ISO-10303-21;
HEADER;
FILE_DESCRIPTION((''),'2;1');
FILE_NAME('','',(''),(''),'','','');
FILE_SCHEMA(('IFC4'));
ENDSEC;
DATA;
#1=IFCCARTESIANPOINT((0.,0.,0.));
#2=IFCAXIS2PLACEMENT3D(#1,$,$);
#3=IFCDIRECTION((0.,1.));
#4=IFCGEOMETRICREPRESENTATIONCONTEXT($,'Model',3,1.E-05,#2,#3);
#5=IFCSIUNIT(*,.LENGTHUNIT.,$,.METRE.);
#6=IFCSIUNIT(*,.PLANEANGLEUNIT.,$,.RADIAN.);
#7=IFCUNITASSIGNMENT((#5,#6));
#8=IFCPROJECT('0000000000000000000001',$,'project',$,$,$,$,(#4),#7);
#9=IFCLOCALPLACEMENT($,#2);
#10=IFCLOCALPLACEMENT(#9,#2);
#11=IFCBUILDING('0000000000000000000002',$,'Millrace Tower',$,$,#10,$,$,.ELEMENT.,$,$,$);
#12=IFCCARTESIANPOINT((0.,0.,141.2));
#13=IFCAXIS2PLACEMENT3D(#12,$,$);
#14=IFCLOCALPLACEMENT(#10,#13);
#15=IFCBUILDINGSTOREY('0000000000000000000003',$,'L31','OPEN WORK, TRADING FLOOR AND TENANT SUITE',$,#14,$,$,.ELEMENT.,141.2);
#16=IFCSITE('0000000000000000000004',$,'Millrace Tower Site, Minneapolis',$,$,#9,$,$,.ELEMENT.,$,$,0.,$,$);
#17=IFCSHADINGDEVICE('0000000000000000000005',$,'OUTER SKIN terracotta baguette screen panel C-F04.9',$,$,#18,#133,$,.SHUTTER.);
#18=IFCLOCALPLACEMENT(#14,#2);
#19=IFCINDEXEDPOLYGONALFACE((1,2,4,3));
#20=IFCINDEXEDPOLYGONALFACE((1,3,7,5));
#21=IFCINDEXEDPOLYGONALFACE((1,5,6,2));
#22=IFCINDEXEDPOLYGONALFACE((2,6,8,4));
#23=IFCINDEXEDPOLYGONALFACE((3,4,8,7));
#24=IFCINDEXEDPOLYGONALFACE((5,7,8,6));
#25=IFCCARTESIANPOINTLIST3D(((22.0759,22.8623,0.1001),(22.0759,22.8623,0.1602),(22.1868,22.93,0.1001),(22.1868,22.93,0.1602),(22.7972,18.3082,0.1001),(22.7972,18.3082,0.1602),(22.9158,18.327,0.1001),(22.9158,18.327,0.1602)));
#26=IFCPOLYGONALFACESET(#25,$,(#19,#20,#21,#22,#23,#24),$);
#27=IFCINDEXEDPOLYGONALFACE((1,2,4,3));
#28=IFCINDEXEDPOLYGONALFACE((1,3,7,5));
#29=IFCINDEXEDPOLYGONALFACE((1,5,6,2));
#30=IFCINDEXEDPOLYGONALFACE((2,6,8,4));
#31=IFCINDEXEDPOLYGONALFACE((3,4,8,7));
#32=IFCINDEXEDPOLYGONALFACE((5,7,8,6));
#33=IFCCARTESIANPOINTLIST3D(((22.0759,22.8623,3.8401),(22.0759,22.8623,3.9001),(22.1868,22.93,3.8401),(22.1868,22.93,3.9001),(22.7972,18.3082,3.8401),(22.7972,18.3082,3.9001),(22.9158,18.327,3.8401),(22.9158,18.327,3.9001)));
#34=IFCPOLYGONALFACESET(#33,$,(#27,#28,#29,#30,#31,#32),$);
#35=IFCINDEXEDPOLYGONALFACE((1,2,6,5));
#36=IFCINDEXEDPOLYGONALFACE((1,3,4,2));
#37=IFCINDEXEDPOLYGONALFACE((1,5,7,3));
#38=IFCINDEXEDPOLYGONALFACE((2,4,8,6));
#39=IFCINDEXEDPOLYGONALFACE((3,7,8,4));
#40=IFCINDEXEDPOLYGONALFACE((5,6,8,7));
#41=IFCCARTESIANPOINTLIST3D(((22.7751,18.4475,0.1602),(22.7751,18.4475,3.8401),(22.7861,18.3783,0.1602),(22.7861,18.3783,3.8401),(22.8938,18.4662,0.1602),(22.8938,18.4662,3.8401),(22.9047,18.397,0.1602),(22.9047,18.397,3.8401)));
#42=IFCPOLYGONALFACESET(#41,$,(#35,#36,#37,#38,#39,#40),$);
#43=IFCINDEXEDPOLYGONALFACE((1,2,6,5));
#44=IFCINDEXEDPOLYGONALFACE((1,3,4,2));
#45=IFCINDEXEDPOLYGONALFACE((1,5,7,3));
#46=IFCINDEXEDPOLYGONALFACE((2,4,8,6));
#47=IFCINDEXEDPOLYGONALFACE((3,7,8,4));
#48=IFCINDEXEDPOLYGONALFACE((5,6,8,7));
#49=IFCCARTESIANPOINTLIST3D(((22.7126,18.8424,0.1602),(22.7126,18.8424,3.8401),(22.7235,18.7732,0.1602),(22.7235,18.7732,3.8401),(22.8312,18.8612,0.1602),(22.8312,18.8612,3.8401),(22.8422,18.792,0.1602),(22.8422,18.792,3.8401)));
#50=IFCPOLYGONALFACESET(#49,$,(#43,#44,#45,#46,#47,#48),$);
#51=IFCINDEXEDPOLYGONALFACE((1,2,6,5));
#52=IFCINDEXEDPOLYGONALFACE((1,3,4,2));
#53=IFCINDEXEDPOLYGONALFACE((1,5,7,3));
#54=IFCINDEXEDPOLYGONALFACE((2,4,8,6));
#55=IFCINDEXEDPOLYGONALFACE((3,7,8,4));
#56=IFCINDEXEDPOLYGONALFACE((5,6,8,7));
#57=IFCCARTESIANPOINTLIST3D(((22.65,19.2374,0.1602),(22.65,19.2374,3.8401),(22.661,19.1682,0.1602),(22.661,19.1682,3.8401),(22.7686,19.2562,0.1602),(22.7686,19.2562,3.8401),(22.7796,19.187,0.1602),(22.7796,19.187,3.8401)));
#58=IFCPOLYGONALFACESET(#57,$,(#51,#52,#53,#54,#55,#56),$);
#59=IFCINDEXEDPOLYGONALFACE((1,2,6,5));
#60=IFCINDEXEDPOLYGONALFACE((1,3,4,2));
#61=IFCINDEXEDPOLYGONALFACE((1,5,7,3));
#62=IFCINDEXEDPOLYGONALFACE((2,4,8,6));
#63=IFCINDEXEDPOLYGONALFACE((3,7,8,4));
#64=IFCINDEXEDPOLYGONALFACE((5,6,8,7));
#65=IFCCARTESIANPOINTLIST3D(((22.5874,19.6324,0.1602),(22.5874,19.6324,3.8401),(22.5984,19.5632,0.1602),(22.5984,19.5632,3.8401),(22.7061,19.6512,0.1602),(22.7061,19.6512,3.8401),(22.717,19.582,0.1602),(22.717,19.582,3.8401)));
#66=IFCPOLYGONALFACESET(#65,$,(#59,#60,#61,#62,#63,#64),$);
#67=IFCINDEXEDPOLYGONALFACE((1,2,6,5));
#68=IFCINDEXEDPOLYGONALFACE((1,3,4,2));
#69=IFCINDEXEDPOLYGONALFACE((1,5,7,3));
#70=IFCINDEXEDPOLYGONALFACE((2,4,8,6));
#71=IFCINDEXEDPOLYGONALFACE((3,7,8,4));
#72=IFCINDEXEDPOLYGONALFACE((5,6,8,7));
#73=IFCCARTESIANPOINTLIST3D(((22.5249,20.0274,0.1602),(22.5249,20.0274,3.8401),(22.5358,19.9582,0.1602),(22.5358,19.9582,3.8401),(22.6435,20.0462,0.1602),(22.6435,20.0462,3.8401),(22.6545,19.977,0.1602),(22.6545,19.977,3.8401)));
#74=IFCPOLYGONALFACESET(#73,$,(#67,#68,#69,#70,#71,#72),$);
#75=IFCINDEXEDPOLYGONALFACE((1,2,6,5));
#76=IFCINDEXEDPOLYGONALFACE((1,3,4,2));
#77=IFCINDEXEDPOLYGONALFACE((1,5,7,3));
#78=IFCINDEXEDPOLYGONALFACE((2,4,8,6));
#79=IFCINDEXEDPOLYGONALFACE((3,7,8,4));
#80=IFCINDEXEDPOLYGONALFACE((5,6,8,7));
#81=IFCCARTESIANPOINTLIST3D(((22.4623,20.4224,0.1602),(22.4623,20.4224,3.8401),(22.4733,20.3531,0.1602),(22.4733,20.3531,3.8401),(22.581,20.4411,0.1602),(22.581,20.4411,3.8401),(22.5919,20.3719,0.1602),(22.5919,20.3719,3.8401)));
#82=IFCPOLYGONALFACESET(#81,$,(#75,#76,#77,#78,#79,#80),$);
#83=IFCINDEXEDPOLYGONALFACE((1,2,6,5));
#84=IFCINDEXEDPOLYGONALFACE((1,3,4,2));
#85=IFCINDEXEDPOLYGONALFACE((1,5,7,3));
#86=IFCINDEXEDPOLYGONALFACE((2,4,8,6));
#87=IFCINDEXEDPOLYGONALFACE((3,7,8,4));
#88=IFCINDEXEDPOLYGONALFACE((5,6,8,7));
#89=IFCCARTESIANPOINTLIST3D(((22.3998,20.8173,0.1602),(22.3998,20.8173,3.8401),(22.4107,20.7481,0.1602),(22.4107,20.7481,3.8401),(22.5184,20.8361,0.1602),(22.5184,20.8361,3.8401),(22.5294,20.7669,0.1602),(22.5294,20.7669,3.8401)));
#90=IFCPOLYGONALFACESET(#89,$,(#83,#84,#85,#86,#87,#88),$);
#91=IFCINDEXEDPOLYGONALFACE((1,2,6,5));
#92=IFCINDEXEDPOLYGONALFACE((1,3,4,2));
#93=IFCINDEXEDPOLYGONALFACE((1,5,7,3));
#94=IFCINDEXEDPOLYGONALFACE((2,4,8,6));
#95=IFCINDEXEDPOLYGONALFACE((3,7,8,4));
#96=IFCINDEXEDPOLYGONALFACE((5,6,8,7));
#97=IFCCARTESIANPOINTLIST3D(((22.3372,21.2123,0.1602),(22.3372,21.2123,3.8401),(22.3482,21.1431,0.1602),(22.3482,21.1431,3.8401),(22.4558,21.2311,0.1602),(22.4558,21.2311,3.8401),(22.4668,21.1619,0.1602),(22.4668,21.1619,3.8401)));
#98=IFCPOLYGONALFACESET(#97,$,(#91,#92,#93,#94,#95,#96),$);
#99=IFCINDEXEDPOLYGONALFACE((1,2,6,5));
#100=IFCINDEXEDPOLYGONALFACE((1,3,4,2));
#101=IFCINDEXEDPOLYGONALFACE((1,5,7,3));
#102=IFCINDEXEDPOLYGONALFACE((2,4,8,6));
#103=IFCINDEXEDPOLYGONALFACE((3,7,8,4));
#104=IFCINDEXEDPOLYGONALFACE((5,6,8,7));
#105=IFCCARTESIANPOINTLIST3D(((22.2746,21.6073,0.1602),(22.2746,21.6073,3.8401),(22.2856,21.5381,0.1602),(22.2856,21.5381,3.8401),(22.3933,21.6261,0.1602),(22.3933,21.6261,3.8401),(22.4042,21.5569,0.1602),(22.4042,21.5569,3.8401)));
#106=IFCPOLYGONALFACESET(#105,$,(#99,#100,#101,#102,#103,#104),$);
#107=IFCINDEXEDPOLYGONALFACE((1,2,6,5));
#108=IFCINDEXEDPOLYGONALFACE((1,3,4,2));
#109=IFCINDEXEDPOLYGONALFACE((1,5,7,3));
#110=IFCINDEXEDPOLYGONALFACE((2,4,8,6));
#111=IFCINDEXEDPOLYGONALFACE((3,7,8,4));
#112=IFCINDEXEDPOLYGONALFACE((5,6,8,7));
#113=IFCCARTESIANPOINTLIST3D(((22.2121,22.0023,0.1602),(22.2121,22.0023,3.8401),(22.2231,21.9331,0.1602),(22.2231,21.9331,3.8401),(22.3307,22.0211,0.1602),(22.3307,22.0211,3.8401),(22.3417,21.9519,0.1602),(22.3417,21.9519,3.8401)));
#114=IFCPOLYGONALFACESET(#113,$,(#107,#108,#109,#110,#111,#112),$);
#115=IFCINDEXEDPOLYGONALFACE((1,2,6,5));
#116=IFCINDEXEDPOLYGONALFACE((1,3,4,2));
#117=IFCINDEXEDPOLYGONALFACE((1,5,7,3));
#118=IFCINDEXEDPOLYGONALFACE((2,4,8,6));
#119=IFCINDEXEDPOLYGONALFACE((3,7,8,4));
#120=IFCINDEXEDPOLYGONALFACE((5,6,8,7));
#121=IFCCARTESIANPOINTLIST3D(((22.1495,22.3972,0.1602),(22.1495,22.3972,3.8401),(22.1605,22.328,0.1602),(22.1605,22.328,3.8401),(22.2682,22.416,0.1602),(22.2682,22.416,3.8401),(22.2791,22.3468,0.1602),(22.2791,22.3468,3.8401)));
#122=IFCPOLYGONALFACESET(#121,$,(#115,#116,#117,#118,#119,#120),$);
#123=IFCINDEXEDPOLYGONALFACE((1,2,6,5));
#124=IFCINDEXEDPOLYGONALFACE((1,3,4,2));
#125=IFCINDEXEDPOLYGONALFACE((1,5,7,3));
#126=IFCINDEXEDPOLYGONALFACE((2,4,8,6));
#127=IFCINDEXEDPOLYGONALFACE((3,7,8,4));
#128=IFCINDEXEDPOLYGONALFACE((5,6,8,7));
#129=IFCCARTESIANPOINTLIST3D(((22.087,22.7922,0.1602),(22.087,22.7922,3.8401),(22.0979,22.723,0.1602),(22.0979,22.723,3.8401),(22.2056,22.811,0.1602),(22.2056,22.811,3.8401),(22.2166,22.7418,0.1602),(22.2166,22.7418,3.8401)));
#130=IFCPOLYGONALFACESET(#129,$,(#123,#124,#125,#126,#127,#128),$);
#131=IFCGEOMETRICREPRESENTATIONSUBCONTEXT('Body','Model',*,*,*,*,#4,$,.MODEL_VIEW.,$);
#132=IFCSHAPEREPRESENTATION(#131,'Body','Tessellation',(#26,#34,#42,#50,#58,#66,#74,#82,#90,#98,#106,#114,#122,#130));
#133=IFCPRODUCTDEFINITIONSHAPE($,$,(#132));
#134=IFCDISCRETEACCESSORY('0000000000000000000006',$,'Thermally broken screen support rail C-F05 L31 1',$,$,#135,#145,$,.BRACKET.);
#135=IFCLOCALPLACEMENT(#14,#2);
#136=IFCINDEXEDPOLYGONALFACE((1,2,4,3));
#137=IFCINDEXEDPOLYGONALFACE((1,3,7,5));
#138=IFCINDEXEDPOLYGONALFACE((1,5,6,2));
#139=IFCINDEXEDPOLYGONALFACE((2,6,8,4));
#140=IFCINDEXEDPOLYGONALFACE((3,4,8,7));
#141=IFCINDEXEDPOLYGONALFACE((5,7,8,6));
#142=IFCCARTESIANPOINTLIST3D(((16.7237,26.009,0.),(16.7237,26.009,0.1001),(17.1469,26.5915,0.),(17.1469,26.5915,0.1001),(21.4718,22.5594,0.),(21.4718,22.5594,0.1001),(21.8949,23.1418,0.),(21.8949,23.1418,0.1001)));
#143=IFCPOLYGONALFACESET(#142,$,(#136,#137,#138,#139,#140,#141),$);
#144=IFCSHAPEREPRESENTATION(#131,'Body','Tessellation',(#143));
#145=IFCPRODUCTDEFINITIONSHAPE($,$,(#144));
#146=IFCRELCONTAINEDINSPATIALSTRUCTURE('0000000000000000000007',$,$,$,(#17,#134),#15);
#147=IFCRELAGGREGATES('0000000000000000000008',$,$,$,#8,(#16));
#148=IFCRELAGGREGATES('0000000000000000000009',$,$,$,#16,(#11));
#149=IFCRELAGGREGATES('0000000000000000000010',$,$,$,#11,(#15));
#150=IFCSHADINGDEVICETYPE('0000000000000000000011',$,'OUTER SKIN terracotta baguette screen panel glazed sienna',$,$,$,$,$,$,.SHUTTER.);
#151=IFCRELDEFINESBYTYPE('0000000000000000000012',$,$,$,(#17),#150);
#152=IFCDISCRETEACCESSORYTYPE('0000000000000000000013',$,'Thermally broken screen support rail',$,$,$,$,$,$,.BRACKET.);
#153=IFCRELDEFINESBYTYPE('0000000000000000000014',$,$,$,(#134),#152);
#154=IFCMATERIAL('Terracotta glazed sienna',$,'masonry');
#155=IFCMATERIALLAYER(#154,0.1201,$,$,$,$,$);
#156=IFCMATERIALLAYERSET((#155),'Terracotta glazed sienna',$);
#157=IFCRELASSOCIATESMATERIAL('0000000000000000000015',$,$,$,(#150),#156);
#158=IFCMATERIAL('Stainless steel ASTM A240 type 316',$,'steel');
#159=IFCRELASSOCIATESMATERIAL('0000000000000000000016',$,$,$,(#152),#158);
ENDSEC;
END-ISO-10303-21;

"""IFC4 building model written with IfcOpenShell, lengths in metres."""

from ifc_helpers import new_model, entity, si_unit, direction, frame, frame_2d, origin, origin_2d, place, context, subcontext, project, spatial, rectangle, extrude, source, transform, mapped, material, layer, layer_set, type_object, element, save


model = new_model("IFC4")

# Units and contexts
model_context = context("Model", 3, precision=1e-05, world=origin(), true_north=direction((0.0, 1.0)))
body_context = subcontext(model_context, "Body", "Model", "MODEL_VIEW")
ifc_project = project(units=[si_unit("LENGTHUNIT", "METRE"), si_unit("PLANEANGLEUNIT", "RADIAN")], contexts=[model_context])

# Site, building, storey
site_placement = place(None, origin())
site = spatial("IfcSite", under=ifc_project, at=site_placement, Name="Millrace Tower Site, Minneapolis", CompositionType="ELEMENT", RefElevation=0.0)
building_placement = place(site_placement, origin())
building = spatial("IfcBuilding", under=site, at=building_placement, Name="Millrace Tower", CompositionType="ELEMENT")
storey_placement = place(building_placement, frame((0.0, 0.0, 141.2)))
storey = spatial("IfcBuildingStorey", under=building, at=storey_placement, Name="L31", Description="OPEN WORK, TRADING FLOOR AND TENANT SUITE", CompositionType="ELEMENT", Elevation=141.2)

# Shading device
ifc_material_1 = material(Name="Terracotta glazed sienna", Category="masonry")
ifc_layer_1 = layer(ifc_material_1, 0.1201)
ifc_layer_set_1 = layer_set([ifc_layer_1], Name="Terracotta glazed sienna")
shading_device_type = type_object("IfcShadingDeviceType", Name="OUTER SKIN terracotta baguette screen panel glazed sienna", PredefinedType="SHUTTER", material=ifc_layer_set_1)
cartesian_point_1 = entity("IfcCartesianPoint", [-2.3179, 0.0601])
shared_polyline_1 = entity("IfcPolyline", [cartesian_point_1, entity("IfcCartesianPoint", [2.293, 0.0601]), entity("IfcCartesianPoint", [2.3425, -0.0601]), entity("IfcCartesianPoint", [-2.3179, -0.0601]), cartesian_point_1])
shared_shape_1 = source(origin(), body_context, "Body", "SweptSolid", [
    entity("IfcExtrudedAreaSolid", entity("IfcArbitraryClosedProfileDef", "AREA", None, shared_polyline_1), entity("IfcAxis2Placement3D", entity("IfcCartesianPoint", [0.0, 0.0, 0.0])), entity("IfcDirection", [0.0, 0.0, 1.0]), 0.0601),
    entity("IfcExtrudedAreaSolid", entity("IfcArbitraryClosedProfileDef", "AREA", None, shared_polyline_1), entity("IfcAxis2Placement3D", entity("IfcCartesianPoint", [0.0, 0.0, 3.74])), entity("IfcDirection", [0.0, 0.0, 1.0]), 0.0601),
    extrude(rectangle(XDim=0.0701, YDim=0.1201, at=frame_2d((-2.2119, 0.0))), frame((0.0, 0.0, 0.0601)), (0.0, 0.0, 1.0), 3.6799),
    extrude(rectangle(XDim=0.0701, YDim=0.1201, at=frame_2d((-1.812, 0.0))), frame((0.0, 0.0, 0.0601)), (0.0, 0.0, 1.0), 3.6799),
    extrude(rectangle(XDim=0.0701, YDim=0.1201, at=frame_2d((-1.4121, 0.0))), frame((0.0, 0.0, 0.0601)), (0.0, 0.0, 1.0), 3.6799),
    extrude(rectangle(XDim=0.0701, YDim=0.1201, at=frame_2d((-1.0122, 0.0))), frame((0.0, 0.0, 0.0601)), (0.0, 0.0, 1.0), 3.6799),
    extrude(rectangle(XDim=0.0701, YDim=0.1201, at=frame_2d((-0.6123, 0.0))), frame((0.0, 0.0, 0.0601)), (0.0, 0.0, 1.0), 3.6799),
    extrude(rectangle(XDim=0.0701, YDim=0.1201, at=frame_2d((-0.2124, 0.0))), frame((0.0, 0.0, 0.0601)), (0.0, 0.0, 1.0), 3.6799),
    extrude(rectangle(XDim=0.0701, YDim=0.1201, at=frame_2d((0.1875, 0.0))), frame((0.0, 0.0, 0.0601)), (0.0, 0.0, 1.0), 3.6799),
    extrude(rectangle(XDim=0.0701, YDim=0.1201, at=frame_2d((0.5874, 0.0))), frame((0.0, 0.0, 0.0601)), (0.0, 0.0, 1.0), 3.6799),
    extrude(rectangle(XDim=0.0701, YDim=0.1201, at=frame_2d((0.9873, 0.0))), frame((0.0, 0.0, 0.0601)), (0.0, 0.0, 1.0), 3.6799),
    extrude(rectangle(XDim=0.0701, YDim=0.1201, at=frame_2d((1.3872, 0.0))), frame((0.0, 0.0, 0.0601)), (0.0, 0.0, 1.0), 3.6799),
    extrude(rectangle(XDim=0.0701, YDim=0.1201, at=frame_2d((1.7871, 0.0))), frame((0.0, 0.0, 0.0601)), (0.0, 0.0, 1.0), 3.6799),
    extrude(rectangle(XDim=0.0701, YDim=0.1201, at=frame_2d((2.187, 0.0))), frame((0.0, 0.0, 0.0601)), (0.0, 0.0, 1.0), 3.6799),
])
shading_device_1_placement = place(storey_placement, frame((22.4939, 20.6069, 0.1001), z_axis=(0.0, 0.0, 1.0), x_axis=(-0.156434, 0.987688, 0.0)))
element("IfcShadingDevice", 1, at=shading_device_1_placement, inside=storey, type_object=shading_device_type, Name="OUTER SKIN terracotta baguette screen panel C-F04.9", PredefinedType="SHUTTER", context=body_context, shape_type="MappedRepresentation", body=[
    mapped(shared_shape_1, transform((0.0, 0.0, 0.0), scale=1.0)),
])

# Discrete accessory
ifc_material_2 = material(Name="Stainless steel ASTM A240 type 316", Category="steel")
discrete_accessory_type = type_object("IfcDiscreteAccessoryType", Name="Thermally broken screen support rail", PredefinedType="BRACKET", material=ifc_material_2)
discrete_accessory_placement = place(storey_placement, frame((19.3093, 24.5754, 0.0), z_axis=(0.0, 0.0, 1.0), x_axis=(-0.809017, 0.587785, 0.0)))
element("IfcDiscreteAccessory", 2, at=discrete_accessory_placement, inside=storey, type_object=discrete_accessory_type, Name="Thermally broken screen support rail C-F05 L31 1", PredefinedType="BRACKET", context=body_context, shape_type="SweptSolid", body=[
    extrude(rectangle(XDim=5.8689, YDim=0.72, at=origin_2d()), origin(), (0.0, 0.0, 1.0), 0.1001),
])

save(model, "model.ifc")
